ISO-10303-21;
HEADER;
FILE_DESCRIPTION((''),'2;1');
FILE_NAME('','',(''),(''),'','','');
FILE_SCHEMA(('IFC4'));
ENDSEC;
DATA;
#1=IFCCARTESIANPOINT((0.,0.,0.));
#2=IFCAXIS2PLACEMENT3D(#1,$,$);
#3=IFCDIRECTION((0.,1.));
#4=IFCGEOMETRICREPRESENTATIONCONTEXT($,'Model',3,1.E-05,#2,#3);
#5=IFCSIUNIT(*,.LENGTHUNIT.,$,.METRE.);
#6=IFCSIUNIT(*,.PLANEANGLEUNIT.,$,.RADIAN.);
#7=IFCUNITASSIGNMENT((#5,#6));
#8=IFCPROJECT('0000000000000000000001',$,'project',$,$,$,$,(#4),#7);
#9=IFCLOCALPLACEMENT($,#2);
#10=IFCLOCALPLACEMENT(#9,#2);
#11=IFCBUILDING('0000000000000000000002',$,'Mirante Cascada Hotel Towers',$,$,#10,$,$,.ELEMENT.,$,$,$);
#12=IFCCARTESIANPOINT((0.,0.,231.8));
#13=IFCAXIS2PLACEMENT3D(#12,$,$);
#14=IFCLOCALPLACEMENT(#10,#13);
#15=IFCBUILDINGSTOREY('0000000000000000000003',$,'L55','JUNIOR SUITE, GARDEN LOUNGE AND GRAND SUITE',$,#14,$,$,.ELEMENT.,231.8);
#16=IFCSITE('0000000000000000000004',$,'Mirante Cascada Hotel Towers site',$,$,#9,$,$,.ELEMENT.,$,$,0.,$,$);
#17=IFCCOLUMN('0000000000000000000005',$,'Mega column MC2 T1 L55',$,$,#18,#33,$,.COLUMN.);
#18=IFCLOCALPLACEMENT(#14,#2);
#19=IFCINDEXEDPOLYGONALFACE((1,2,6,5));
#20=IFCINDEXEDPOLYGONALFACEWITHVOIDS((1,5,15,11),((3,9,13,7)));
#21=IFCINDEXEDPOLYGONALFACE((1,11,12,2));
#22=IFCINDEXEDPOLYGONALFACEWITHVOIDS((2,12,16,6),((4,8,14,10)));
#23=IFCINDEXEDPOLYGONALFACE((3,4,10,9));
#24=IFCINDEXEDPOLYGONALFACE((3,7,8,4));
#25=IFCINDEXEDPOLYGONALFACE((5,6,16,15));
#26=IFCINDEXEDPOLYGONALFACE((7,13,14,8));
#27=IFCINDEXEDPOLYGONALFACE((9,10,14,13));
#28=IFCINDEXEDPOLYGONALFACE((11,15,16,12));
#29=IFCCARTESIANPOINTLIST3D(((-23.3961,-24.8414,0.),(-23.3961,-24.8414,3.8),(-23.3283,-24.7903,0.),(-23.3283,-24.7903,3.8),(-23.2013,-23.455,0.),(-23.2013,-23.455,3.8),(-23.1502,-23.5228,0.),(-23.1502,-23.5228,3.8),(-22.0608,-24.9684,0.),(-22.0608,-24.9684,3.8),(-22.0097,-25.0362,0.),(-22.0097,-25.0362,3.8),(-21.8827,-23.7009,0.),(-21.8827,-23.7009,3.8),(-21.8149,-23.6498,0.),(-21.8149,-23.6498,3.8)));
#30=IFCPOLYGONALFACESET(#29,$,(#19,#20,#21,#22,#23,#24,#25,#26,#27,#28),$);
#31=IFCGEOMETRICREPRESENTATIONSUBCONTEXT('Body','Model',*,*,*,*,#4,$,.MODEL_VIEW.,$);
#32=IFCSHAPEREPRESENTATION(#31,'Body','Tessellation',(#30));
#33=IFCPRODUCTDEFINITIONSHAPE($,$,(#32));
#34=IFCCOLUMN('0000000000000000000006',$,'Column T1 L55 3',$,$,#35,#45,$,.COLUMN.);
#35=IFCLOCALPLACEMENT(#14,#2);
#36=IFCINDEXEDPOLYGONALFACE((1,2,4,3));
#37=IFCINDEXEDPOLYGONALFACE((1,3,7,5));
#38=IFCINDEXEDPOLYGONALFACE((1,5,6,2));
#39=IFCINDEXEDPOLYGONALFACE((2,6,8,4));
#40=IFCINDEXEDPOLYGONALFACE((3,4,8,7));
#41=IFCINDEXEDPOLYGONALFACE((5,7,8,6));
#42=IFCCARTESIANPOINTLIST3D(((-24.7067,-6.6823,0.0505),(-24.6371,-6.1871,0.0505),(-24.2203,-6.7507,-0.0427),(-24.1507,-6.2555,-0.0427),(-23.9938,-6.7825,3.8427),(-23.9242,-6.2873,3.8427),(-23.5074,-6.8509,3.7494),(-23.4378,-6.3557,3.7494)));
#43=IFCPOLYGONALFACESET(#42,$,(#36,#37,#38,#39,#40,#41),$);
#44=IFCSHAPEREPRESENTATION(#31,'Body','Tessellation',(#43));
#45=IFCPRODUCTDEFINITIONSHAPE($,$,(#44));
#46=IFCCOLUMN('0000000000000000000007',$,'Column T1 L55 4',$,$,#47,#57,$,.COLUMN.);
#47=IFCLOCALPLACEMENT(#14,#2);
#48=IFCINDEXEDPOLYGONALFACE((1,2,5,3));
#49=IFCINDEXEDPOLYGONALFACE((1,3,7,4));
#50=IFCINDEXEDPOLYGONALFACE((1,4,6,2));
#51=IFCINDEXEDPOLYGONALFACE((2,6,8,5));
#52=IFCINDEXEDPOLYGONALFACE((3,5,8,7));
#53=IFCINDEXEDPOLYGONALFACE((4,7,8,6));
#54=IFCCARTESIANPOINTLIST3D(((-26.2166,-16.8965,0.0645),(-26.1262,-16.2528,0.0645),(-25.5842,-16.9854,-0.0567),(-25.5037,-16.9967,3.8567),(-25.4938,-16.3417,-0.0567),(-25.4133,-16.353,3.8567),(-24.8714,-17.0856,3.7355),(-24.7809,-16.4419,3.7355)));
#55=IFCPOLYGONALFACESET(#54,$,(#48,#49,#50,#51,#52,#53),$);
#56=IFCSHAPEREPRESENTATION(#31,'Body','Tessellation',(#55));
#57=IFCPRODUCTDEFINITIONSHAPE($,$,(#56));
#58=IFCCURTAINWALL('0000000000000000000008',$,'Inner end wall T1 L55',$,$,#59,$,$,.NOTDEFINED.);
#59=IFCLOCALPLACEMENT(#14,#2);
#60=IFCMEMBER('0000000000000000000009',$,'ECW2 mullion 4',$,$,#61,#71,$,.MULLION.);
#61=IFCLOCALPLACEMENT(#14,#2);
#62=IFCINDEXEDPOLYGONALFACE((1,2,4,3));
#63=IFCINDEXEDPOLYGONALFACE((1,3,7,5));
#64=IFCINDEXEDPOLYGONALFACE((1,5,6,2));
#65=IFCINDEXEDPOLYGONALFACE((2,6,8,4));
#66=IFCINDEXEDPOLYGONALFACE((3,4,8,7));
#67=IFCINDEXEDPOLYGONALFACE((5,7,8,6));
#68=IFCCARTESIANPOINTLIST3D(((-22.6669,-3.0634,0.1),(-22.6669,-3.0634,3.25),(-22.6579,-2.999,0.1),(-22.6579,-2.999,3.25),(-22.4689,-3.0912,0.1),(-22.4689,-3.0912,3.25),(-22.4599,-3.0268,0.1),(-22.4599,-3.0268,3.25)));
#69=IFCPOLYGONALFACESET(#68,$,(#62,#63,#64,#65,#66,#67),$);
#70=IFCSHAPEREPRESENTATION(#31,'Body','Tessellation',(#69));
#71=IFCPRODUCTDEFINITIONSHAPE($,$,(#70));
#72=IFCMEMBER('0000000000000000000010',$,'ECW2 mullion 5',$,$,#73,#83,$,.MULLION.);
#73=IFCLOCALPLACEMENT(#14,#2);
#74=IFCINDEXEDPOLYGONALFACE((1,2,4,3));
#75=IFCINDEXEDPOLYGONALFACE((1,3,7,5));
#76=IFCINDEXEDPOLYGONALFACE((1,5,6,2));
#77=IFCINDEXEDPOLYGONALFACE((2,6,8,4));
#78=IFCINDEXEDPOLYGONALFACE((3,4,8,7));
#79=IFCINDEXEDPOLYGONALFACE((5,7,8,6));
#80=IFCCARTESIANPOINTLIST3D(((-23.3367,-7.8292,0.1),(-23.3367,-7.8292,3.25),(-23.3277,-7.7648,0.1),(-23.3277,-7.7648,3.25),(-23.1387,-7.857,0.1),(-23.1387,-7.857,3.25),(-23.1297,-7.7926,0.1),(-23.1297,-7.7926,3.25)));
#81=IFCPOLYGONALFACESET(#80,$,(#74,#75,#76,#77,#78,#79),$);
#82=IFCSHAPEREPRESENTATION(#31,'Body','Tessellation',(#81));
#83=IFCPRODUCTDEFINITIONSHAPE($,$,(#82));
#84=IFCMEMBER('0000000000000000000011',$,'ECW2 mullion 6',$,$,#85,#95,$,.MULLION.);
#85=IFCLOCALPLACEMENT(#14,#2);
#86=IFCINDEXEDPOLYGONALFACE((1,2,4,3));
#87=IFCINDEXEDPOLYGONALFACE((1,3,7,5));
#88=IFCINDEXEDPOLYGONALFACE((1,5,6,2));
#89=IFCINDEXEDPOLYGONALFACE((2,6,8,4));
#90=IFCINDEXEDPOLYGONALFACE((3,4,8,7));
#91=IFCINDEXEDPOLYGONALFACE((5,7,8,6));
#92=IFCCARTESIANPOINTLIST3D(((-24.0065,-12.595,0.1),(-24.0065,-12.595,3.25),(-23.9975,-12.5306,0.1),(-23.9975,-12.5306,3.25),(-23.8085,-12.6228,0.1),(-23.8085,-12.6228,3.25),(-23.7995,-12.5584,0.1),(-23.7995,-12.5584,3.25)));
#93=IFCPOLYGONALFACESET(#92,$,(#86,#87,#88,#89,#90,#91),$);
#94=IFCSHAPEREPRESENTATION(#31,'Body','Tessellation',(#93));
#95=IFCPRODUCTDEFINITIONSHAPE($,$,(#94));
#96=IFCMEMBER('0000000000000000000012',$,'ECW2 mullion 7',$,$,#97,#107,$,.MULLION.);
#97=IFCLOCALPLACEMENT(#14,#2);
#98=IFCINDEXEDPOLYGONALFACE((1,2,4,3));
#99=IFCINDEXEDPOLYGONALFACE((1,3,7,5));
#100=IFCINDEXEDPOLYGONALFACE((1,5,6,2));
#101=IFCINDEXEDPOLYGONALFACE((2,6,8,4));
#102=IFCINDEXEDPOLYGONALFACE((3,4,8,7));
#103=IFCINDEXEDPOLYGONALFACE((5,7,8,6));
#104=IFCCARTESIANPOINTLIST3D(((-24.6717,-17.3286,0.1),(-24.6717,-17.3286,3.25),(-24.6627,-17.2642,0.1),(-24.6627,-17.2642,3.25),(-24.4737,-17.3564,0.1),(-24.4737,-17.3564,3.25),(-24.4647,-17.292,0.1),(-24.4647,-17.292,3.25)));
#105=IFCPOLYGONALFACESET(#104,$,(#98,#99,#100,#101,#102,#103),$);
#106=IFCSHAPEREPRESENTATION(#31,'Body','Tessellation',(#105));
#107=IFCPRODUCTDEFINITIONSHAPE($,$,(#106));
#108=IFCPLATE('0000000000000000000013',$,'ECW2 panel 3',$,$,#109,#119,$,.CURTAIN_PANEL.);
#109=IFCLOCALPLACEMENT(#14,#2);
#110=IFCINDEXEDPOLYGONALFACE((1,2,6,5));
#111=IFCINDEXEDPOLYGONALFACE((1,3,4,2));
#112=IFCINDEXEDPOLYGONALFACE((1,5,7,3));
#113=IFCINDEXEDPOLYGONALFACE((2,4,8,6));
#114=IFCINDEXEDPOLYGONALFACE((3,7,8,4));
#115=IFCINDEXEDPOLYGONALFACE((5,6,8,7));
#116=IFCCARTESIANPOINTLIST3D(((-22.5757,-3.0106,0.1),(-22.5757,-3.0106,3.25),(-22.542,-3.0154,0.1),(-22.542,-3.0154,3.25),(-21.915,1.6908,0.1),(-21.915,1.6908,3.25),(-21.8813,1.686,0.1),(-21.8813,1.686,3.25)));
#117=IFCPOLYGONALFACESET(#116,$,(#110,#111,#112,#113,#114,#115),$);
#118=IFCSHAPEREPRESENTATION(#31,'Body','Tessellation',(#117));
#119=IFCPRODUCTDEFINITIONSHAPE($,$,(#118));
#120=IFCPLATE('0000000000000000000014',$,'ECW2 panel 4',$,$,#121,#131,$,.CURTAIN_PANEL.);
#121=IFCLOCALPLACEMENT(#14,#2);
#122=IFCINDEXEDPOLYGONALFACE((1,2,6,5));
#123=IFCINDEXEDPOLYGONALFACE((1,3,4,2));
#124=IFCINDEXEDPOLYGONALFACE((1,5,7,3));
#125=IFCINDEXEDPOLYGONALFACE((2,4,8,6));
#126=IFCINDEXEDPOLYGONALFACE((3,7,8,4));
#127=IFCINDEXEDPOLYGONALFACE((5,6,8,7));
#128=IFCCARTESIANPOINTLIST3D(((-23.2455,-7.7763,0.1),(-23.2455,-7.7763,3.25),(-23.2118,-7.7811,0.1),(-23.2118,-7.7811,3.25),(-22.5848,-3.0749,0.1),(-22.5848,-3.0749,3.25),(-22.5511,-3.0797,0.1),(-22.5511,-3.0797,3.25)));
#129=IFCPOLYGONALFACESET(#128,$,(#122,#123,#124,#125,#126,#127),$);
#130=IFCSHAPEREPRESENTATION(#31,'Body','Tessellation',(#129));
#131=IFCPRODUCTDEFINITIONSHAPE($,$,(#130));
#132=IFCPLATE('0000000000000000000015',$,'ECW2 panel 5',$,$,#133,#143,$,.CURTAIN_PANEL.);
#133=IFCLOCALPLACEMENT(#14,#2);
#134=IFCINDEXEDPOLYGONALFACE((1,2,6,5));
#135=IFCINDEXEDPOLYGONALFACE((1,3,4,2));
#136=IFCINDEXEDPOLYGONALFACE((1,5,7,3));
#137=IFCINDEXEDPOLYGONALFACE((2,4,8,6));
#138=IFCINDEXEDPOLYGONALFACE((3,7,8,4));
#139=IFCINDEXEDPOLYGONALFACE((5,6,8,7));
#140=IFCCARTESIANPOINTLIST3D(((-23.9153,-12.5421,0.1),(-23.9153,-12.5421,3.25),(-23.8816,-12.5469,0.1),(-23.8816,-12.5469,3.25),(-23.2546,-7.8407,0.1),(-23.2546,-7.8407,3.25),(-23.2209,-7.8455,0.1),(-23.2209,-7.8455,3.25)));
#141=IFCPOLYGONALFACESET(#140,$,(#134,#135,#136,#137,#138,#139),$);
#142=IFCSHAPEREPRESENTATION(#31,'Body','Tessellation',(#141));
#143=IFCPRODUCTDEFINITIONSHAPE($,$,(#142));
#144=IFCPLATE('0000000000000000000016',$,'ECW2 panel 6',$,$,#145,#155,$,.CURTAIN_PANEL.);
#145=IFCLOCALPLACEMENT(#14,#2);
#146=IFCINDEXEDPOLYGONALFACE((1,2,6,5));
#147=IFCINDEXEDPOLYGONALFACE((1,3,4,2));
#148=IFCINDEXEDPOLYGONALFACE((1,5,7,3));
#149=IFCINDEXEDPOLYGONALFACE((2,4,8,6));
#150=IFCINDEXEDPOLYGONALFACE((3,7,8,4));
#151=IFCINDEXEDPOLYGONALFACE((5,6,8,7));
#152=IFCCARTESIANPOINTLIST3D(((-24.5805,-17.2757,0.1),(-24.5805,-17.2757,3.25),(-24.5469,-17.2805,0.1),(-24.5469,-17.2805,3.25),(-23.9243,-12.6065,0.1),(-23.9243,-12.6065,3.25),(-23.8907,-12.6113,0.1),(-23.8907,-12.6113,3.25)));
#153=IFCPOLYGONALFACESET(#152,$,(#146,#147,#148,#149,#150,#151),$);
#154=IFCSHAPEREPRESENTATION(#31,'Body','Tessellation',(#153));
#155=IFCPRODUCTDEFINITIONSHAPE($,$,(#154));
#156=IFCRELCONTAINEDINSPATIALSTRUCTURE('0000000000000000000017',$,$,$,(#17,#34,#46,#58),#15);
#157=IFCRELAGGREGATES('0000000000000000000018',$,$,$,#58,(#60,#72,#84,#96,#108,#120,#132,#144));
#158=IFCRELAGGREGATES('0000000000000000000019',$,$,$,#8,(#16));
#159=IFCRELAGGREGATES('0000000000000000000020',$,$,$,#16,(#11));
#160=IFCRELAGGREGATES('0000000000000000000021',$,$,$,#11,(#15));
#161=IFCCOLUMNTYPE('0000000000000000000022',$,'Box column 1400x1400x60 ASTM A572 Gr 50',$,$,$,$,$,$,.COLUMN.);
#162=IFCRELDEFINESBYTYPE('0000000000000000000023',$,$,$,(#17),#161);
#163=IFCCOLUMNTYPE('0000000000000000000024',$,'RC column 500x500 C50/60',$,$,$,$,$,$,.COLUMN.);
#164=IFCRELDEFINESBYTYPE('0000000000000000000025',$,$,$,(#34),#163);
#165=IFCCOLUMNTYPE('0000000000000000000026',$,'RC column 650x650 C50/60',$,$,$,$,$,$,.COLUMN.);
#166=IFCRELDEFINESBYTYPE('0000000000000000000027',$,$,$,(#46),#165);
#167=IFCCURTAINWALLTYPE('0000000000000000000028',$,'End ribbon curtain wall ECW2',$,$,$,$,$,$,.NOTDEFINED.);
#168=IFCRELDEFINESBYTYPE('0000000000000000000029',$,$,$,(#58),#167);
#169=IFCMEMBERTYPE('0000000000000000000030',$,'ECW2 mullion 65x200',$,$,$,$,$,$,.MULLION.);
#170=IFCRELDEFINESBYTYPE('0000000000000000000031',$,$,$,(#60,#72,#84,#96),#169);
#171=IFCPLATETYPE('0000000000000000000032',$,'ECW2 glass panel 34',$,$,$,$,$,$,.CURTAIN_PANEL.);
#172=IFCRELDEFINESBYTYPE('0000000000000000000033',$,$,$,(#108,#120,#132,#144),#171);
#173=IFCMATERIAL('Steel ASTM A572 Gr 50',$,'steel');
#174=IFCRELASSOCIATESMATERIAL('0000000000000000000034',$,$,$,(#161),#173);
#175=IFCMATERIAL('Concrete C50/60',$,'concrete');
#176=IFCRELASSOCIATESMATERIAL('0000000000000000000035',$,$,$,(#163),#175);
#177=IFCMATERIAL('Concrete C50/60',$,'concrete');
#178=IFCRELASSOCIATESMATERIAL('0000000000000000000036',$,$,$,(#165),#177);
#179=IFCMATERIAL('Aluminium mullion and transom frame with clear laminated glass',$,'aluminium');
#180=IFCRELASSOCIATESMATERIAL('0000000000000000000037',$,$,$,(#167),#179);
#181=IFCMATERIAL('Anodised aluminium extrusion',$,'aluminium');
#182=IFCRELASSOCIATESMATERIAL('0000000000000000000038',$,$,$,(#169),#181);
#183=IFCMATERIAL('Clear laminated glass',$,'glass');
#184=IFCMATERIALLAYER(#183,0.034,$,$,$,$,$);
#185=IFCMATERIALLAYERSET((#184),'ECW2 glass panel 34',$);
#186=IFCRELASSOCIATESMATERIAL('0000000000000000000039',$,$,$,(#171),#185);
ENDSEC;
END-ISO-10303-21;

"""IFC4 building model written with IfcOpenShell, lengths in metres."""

from ifc_helpers import new_model, si_unit, direction, frame, origin, origin_2d, place, context, subcontext, project, spatial, rectangle, hollow_rectangle, extrude, material, layer, layer_set, material_profile, profile_set, type_object, element, aggregate, save


model = new_model("IFC4")

# Units and contexts
model_context = context("Model", 3, precision=1e-05, world=origin(), true_north=direction((0.0, 1.0)))
body_context = subcontext(model_context, "Body", "Model", "MODEL_VIEW")
ifc_project = project(units=[si_unit("LENGTHUNIT", "METRE"), si_unit("PLANEANGLEUNIT", "RADIAN")], contexts=[model_context])

# Site, building, storey
site_placement = place(None, origin())
site = spatial("IfcSite", under=ifc_project, at=site_placement, Name="Mirante Cascada Hotel Towers site", CompositionType="ELEMENT", RefElevation=0.0)
building_placement = place(site_placement, origin())
building = spatial("IfcBuilding", under=site, at=building_placement, Name="Mirante Cascada Hotel Towers", CompositionType="ELEMENT")
storey_placement = place(building_placement, frame((0.0, 0.0, 231.8)))
storey = spatial("IfcBuildingStorey", under=building, at=storey_placement, Name="L55", Description="JUNIOR SUITE, GARDEN LOUNGE AND GRAND SUITE", CompositionType="ELEMENT", Elevation=231.8)

# Columns
ifc_material_1 = material(Name="Steel ASTM A572 Gr 50", Category="steel")
ifc_material_profile_1 = material_profile(ifc_material_1, hollow_rectangle(XDim=1.4, YDim=1.4, WallThickness=0.06, at=origin_2d()), Name="Box column 1400x1400x60 ASTM A572 Gr 50")
ifc_profile_set_1 = profile_set([ifc_material_profile_1], Name="Steel ASTM A572 Gr 50")
column_type_1 = type_object("IfcColumnType", Name="Box column 1400x1400x60 ASTM A572 Gr 50", PredefinedType="COLUMN", material=ifc_profile_set_1)
column_1_placement = place(storey_placement, frame((-22.6055, -24.2456, 0.0), z_axis=(0.0, 0.0, 1.0), x_axis=(-0.990268, 0.139173, 0.0)))
element("IfcColumn", 1, at=column_1_placement, inside=storey, type_object=column_type_1, Name="Mega column MC2 T1 L55", PredefinedType="COLUMN", context=body_context, shape_type="SweptSolid", body=[
    extrude(hollow_rectangle(XDim=1.4, YDim=1.4, WallThickness=0.06, at=origin_2d()), origin(), (0.0, 0.0, 1.0), 3.8),
])
ifc_material_2 = material(Name="Concrete C50/60", Category="concrete")
ifc_material_profile_2 = material_profile(ifc_material_2, rectangle(XDim=0.5, YDim=0.5, at=origin_2d()), Name="RC column 500x500 C50/60")
ifc_profile_set_2 = profile_set([ifc_material_profile_2], Name="Concrete C50/60")
column_type_2 = type_object("IfcColumnType", Name="RC column 500x500 C50/60", PredefinedType="COLUMN", material=ifc_profile_set_2)
column_2_placement = place(storey_placement, frame((-24.4287, -6.4689, 0.0039), z_axis=(0.184693, -0.025959, 0.982453), x_axis=(0.139185, 0.990267, 0.0)))
element("IfcColumn", 2, at=column_2_placement, inside=storey, type_object=column_type_2, Name="Column T1 L55 3", PredefinedType="COLUMN", context=body_context, shape_type="SweptSolid", body=[
    extrude(rectangle(XDim=0.5, YDim=0.5, at=origin_2d()), origin(), (0.0, 0.0, 1.0), 3.8599),
])
ifc_material_3 = material(Name="Concrete C50/60", Category="concrete")
ifc_material_profile_3 = material_profile(ifc_material_3, rectangle(XDim=0.65, YDim=0.65, at=origin_2d()), Name="RC column 650x650 C50/60")
ifc_profile_set_3 = profile_set([ifc_material_profile_3], Name="Concrete C50/60")
column_type_3 = type_object("IfcColumnType", Name="RC column 650x650 C50/60", PredefinedType="COLUMN", material=ifc_profile_set_3)
column_3_placement = place(storey_placement, frame((-25.8552, -16.6191, 0.0039), z_axis=(0.184693, -0.025959, 0.982453), x_axis=(0.139185, 0.990267, 0.0)))
element("IfcColumn", 3, at=column_3_placement, inside=storey, type_object=column_type_3, Name="Column T1 L55 4", PredefinedType="COLUMN", context=body_context, shape_type="SweptSolid", body=[
    extrude(rectangle(XDim=0.65, YDim=0.65, at=origin_2d()), origin(), (0.0, 0.0, 1.0), 3.8599),
])

# Curtain wall, members, plates
ifc_material_4 = material(Name="Aluminium mullion and transom frame with clear laminated glass", Category="aluminium")
curtain_wall_type = type_object("IfcCurtainWallType", Name="End ribbon curtain wall ECW2", PredefinedType="NOTDEFINED", material=ifc_material_4)
curtain_wall_placement = place(storey_placement, origin())
curtain_wall = element("IfcCurtainWall", 4, at=curtain_wall_placement, inside=storey, type_object=curtain_wall_type, Name="Inner end wall T1 L55", PredefinedType="NOTDEFINED")
ifc_material_5 = material(Name="Anodised aluminium extrusion", Category="aluminium")
ifc_material_profile_4 = material_profile(ifc_material_5, rectangle(XDim=0.2, YDim=0.065, at=origin_2d()), Name="ECW2 MULLION 65x200")
ifc_profile_set_4 = profile_set([ifc_material_profile_4], Name="Anodised aluminium extrusion")
member_type = type_object("IfcMemberType", Name="ECW2 mullion 65x200", PredefinedType="MULLION", material=ifc_profile_set_4)
member_1_placement = place(storey_placement, frame((-22.5634, -3.0451, 0.1), z_axis=(0.0, 0.0, 1.0), x_axis=(0.990268, -0.139173, 0.0)))
member_1 = element("IfcMember", 5, at=member_1_placement, type_object=member_type, Name="ECW2 mullion 4", PredefinedType="MULLION", context=body_context, shape_type="SweptSolid", body=[
    extrude(rectangle(XDim=0.2, YDim=0.065, at=origin_2d()), origin(), (0.0, 0.0, 1.0), 3.15),
])
member_2_placement = place(storey_placement, frame((-23.2332, -7.8109, 0.1), z_axis=(0.0, 0.0, 1.0), x_axis=(0.990268, -0.139173, 0.0)))
member_2 = element("IfcMember", 6, at=member_2_placement, type_object=member_type, Name="ECW2 mullion 5", PredefinedType="MULLION", context=body_context, shape_type="SweptSolid", body=[
    extrude(rectangle(XDim=0.2, YDim=0.065, at=origin_2d()), origin(), (0.0, 0.0, 1.0), 3.15),
])
member_3_placement = place(storey_placement, frame((-23.903, -12.5767, 0.1), z_axis=(0.0, 0.0, 1.0), x_axis=(0.990268, -0.139173, 0.0)))
member_3 = element("IfcMember", 7, at=member_3_placement, type_object=member_type, Name="ECW2 mullion 6", PredefinedType="MULLION", context=body_context, shape_type="SweptSolid", body=[
    extrude(rectangle(XDim=0.2, YDim=0.065, at=origin_2d()), origin(), (0.0, 0.0, 1.0), 3.15),
])
member_4_placement = place(storey_placement, frame((-24.5682, -17.3103, 0.1), z_axis=(0.0, 0.0, 1.0), x_axis=(0.990268, -0.139173, 0.0)))
member_4 = element("IfcMember", 8, at=member_4_placement, type_object=member_type, Name="ECW2 mullion 7", PredefinedType="MULLION", context=body_context, shape_type="SweptSolid", body=[
    extrude(rectangle(XDim=0.2, YDim=0.065, at=origin_2d()), origin(), (0.0, 0.0, 1.0), 3.15),
])
ifc_material_6 = material(Name="Clear laminated glass", Category="glass")
ifc_layer_1 = layer(ifc_material_6, 0.034)
ifc_layer_set_1 = layer_set([ifc_layer_1], Name="ECW2 glass panel 34")
plate_type = type_object("IfcPlateType", Name="ECW2 glass panel 34", PredefinedType="CURTAIN_PANEL", material=ifc_layer_set_1)
plate_1_placement = place(storey_placement, frame((-22.2285, -0.6623, 0.1), z_axis=(0.0, 0.0, 1.0), x_axis=(-0.139173, -0.990268, 0.0)))
plate_1 = element("IfcPlate", 9, at=plate_1_placement, type_object=plate_type, Name="ECW2 panel 3", PredefinedType="CURTAIN_PANEL", context=body_context, shape_type="SweptSolid", body=[
    extrude(rectangle(XDim=4.7476, YDim=0.034, at=origin_2d()), origin(), (0.0, 0.0, 1.0), 3.15),
])
plate_2_placement = place(storey_placement, frame((-22.8983, -5.428, 0.1), z_axis=(0.0, 0.0, 1.0), x_axis=(-0.139173, -0.990268, 0.0)))
plate_2 = element("IfcPlate", 10, at=plate_2_placement, type_object=plate_type, Name="ECW2 panel 4", PredefinedType="CURTAIN_PANEL", context=body_context, shape_type="SweptSolid", body=[
    extrude(rectangle(XDim=4.7476, YDim=0.034, at=origin_2d()), origin(), (0.0, 0.0, 1.0), 3.15),
])
plate_3_placement = place(storey_placement, frame((-23.5681, -10.1938, 0.1), z_axis=(0.0, 0.0, 1.0), x_axis=(-0.139173, -0.990268, 0.0)))
plate_3 = element("IfcPlate", 11, at=plate_3_placement, type_object=plate_type, Name="ECW2 panel 5", PredefinedType="CURTAIN_PANEL", context=body_context, shape_type="SweptSolid", body=[
    extrude(rectangle(XDim=4.7476, YDim=0.034, at=origin_2d()), origin(), (0.0, 0.0, 1.0), 3.15),
])
plate_4_placement = place(storey_placement, frame((-24.2356, -14.9435, 0.1), z_axis=(0.0, 0.0, 1.0), x_axis=(-0.139173, -0.990268, 0.0)))
plate_4 = element("IfcPlate", 12, at=plate_4_placement, type_object=plate_type, Name="ECW2 panel 6", PredefinedType="CURTAIN_PANEL", context=body_context, shape_type="SweptSolid", body=[
    extrude(rectangle(XDim=4.7151, YDim=0.034, at=origin_2d()), origin(), (0.0, 0.0, 1.0), 3.15),
])
aggregate(curtain_wall, [member_1, member_2, member_3, member_4, plate_1, plate_2, plate_3, plate_4])

save(model, "model.ifc")
